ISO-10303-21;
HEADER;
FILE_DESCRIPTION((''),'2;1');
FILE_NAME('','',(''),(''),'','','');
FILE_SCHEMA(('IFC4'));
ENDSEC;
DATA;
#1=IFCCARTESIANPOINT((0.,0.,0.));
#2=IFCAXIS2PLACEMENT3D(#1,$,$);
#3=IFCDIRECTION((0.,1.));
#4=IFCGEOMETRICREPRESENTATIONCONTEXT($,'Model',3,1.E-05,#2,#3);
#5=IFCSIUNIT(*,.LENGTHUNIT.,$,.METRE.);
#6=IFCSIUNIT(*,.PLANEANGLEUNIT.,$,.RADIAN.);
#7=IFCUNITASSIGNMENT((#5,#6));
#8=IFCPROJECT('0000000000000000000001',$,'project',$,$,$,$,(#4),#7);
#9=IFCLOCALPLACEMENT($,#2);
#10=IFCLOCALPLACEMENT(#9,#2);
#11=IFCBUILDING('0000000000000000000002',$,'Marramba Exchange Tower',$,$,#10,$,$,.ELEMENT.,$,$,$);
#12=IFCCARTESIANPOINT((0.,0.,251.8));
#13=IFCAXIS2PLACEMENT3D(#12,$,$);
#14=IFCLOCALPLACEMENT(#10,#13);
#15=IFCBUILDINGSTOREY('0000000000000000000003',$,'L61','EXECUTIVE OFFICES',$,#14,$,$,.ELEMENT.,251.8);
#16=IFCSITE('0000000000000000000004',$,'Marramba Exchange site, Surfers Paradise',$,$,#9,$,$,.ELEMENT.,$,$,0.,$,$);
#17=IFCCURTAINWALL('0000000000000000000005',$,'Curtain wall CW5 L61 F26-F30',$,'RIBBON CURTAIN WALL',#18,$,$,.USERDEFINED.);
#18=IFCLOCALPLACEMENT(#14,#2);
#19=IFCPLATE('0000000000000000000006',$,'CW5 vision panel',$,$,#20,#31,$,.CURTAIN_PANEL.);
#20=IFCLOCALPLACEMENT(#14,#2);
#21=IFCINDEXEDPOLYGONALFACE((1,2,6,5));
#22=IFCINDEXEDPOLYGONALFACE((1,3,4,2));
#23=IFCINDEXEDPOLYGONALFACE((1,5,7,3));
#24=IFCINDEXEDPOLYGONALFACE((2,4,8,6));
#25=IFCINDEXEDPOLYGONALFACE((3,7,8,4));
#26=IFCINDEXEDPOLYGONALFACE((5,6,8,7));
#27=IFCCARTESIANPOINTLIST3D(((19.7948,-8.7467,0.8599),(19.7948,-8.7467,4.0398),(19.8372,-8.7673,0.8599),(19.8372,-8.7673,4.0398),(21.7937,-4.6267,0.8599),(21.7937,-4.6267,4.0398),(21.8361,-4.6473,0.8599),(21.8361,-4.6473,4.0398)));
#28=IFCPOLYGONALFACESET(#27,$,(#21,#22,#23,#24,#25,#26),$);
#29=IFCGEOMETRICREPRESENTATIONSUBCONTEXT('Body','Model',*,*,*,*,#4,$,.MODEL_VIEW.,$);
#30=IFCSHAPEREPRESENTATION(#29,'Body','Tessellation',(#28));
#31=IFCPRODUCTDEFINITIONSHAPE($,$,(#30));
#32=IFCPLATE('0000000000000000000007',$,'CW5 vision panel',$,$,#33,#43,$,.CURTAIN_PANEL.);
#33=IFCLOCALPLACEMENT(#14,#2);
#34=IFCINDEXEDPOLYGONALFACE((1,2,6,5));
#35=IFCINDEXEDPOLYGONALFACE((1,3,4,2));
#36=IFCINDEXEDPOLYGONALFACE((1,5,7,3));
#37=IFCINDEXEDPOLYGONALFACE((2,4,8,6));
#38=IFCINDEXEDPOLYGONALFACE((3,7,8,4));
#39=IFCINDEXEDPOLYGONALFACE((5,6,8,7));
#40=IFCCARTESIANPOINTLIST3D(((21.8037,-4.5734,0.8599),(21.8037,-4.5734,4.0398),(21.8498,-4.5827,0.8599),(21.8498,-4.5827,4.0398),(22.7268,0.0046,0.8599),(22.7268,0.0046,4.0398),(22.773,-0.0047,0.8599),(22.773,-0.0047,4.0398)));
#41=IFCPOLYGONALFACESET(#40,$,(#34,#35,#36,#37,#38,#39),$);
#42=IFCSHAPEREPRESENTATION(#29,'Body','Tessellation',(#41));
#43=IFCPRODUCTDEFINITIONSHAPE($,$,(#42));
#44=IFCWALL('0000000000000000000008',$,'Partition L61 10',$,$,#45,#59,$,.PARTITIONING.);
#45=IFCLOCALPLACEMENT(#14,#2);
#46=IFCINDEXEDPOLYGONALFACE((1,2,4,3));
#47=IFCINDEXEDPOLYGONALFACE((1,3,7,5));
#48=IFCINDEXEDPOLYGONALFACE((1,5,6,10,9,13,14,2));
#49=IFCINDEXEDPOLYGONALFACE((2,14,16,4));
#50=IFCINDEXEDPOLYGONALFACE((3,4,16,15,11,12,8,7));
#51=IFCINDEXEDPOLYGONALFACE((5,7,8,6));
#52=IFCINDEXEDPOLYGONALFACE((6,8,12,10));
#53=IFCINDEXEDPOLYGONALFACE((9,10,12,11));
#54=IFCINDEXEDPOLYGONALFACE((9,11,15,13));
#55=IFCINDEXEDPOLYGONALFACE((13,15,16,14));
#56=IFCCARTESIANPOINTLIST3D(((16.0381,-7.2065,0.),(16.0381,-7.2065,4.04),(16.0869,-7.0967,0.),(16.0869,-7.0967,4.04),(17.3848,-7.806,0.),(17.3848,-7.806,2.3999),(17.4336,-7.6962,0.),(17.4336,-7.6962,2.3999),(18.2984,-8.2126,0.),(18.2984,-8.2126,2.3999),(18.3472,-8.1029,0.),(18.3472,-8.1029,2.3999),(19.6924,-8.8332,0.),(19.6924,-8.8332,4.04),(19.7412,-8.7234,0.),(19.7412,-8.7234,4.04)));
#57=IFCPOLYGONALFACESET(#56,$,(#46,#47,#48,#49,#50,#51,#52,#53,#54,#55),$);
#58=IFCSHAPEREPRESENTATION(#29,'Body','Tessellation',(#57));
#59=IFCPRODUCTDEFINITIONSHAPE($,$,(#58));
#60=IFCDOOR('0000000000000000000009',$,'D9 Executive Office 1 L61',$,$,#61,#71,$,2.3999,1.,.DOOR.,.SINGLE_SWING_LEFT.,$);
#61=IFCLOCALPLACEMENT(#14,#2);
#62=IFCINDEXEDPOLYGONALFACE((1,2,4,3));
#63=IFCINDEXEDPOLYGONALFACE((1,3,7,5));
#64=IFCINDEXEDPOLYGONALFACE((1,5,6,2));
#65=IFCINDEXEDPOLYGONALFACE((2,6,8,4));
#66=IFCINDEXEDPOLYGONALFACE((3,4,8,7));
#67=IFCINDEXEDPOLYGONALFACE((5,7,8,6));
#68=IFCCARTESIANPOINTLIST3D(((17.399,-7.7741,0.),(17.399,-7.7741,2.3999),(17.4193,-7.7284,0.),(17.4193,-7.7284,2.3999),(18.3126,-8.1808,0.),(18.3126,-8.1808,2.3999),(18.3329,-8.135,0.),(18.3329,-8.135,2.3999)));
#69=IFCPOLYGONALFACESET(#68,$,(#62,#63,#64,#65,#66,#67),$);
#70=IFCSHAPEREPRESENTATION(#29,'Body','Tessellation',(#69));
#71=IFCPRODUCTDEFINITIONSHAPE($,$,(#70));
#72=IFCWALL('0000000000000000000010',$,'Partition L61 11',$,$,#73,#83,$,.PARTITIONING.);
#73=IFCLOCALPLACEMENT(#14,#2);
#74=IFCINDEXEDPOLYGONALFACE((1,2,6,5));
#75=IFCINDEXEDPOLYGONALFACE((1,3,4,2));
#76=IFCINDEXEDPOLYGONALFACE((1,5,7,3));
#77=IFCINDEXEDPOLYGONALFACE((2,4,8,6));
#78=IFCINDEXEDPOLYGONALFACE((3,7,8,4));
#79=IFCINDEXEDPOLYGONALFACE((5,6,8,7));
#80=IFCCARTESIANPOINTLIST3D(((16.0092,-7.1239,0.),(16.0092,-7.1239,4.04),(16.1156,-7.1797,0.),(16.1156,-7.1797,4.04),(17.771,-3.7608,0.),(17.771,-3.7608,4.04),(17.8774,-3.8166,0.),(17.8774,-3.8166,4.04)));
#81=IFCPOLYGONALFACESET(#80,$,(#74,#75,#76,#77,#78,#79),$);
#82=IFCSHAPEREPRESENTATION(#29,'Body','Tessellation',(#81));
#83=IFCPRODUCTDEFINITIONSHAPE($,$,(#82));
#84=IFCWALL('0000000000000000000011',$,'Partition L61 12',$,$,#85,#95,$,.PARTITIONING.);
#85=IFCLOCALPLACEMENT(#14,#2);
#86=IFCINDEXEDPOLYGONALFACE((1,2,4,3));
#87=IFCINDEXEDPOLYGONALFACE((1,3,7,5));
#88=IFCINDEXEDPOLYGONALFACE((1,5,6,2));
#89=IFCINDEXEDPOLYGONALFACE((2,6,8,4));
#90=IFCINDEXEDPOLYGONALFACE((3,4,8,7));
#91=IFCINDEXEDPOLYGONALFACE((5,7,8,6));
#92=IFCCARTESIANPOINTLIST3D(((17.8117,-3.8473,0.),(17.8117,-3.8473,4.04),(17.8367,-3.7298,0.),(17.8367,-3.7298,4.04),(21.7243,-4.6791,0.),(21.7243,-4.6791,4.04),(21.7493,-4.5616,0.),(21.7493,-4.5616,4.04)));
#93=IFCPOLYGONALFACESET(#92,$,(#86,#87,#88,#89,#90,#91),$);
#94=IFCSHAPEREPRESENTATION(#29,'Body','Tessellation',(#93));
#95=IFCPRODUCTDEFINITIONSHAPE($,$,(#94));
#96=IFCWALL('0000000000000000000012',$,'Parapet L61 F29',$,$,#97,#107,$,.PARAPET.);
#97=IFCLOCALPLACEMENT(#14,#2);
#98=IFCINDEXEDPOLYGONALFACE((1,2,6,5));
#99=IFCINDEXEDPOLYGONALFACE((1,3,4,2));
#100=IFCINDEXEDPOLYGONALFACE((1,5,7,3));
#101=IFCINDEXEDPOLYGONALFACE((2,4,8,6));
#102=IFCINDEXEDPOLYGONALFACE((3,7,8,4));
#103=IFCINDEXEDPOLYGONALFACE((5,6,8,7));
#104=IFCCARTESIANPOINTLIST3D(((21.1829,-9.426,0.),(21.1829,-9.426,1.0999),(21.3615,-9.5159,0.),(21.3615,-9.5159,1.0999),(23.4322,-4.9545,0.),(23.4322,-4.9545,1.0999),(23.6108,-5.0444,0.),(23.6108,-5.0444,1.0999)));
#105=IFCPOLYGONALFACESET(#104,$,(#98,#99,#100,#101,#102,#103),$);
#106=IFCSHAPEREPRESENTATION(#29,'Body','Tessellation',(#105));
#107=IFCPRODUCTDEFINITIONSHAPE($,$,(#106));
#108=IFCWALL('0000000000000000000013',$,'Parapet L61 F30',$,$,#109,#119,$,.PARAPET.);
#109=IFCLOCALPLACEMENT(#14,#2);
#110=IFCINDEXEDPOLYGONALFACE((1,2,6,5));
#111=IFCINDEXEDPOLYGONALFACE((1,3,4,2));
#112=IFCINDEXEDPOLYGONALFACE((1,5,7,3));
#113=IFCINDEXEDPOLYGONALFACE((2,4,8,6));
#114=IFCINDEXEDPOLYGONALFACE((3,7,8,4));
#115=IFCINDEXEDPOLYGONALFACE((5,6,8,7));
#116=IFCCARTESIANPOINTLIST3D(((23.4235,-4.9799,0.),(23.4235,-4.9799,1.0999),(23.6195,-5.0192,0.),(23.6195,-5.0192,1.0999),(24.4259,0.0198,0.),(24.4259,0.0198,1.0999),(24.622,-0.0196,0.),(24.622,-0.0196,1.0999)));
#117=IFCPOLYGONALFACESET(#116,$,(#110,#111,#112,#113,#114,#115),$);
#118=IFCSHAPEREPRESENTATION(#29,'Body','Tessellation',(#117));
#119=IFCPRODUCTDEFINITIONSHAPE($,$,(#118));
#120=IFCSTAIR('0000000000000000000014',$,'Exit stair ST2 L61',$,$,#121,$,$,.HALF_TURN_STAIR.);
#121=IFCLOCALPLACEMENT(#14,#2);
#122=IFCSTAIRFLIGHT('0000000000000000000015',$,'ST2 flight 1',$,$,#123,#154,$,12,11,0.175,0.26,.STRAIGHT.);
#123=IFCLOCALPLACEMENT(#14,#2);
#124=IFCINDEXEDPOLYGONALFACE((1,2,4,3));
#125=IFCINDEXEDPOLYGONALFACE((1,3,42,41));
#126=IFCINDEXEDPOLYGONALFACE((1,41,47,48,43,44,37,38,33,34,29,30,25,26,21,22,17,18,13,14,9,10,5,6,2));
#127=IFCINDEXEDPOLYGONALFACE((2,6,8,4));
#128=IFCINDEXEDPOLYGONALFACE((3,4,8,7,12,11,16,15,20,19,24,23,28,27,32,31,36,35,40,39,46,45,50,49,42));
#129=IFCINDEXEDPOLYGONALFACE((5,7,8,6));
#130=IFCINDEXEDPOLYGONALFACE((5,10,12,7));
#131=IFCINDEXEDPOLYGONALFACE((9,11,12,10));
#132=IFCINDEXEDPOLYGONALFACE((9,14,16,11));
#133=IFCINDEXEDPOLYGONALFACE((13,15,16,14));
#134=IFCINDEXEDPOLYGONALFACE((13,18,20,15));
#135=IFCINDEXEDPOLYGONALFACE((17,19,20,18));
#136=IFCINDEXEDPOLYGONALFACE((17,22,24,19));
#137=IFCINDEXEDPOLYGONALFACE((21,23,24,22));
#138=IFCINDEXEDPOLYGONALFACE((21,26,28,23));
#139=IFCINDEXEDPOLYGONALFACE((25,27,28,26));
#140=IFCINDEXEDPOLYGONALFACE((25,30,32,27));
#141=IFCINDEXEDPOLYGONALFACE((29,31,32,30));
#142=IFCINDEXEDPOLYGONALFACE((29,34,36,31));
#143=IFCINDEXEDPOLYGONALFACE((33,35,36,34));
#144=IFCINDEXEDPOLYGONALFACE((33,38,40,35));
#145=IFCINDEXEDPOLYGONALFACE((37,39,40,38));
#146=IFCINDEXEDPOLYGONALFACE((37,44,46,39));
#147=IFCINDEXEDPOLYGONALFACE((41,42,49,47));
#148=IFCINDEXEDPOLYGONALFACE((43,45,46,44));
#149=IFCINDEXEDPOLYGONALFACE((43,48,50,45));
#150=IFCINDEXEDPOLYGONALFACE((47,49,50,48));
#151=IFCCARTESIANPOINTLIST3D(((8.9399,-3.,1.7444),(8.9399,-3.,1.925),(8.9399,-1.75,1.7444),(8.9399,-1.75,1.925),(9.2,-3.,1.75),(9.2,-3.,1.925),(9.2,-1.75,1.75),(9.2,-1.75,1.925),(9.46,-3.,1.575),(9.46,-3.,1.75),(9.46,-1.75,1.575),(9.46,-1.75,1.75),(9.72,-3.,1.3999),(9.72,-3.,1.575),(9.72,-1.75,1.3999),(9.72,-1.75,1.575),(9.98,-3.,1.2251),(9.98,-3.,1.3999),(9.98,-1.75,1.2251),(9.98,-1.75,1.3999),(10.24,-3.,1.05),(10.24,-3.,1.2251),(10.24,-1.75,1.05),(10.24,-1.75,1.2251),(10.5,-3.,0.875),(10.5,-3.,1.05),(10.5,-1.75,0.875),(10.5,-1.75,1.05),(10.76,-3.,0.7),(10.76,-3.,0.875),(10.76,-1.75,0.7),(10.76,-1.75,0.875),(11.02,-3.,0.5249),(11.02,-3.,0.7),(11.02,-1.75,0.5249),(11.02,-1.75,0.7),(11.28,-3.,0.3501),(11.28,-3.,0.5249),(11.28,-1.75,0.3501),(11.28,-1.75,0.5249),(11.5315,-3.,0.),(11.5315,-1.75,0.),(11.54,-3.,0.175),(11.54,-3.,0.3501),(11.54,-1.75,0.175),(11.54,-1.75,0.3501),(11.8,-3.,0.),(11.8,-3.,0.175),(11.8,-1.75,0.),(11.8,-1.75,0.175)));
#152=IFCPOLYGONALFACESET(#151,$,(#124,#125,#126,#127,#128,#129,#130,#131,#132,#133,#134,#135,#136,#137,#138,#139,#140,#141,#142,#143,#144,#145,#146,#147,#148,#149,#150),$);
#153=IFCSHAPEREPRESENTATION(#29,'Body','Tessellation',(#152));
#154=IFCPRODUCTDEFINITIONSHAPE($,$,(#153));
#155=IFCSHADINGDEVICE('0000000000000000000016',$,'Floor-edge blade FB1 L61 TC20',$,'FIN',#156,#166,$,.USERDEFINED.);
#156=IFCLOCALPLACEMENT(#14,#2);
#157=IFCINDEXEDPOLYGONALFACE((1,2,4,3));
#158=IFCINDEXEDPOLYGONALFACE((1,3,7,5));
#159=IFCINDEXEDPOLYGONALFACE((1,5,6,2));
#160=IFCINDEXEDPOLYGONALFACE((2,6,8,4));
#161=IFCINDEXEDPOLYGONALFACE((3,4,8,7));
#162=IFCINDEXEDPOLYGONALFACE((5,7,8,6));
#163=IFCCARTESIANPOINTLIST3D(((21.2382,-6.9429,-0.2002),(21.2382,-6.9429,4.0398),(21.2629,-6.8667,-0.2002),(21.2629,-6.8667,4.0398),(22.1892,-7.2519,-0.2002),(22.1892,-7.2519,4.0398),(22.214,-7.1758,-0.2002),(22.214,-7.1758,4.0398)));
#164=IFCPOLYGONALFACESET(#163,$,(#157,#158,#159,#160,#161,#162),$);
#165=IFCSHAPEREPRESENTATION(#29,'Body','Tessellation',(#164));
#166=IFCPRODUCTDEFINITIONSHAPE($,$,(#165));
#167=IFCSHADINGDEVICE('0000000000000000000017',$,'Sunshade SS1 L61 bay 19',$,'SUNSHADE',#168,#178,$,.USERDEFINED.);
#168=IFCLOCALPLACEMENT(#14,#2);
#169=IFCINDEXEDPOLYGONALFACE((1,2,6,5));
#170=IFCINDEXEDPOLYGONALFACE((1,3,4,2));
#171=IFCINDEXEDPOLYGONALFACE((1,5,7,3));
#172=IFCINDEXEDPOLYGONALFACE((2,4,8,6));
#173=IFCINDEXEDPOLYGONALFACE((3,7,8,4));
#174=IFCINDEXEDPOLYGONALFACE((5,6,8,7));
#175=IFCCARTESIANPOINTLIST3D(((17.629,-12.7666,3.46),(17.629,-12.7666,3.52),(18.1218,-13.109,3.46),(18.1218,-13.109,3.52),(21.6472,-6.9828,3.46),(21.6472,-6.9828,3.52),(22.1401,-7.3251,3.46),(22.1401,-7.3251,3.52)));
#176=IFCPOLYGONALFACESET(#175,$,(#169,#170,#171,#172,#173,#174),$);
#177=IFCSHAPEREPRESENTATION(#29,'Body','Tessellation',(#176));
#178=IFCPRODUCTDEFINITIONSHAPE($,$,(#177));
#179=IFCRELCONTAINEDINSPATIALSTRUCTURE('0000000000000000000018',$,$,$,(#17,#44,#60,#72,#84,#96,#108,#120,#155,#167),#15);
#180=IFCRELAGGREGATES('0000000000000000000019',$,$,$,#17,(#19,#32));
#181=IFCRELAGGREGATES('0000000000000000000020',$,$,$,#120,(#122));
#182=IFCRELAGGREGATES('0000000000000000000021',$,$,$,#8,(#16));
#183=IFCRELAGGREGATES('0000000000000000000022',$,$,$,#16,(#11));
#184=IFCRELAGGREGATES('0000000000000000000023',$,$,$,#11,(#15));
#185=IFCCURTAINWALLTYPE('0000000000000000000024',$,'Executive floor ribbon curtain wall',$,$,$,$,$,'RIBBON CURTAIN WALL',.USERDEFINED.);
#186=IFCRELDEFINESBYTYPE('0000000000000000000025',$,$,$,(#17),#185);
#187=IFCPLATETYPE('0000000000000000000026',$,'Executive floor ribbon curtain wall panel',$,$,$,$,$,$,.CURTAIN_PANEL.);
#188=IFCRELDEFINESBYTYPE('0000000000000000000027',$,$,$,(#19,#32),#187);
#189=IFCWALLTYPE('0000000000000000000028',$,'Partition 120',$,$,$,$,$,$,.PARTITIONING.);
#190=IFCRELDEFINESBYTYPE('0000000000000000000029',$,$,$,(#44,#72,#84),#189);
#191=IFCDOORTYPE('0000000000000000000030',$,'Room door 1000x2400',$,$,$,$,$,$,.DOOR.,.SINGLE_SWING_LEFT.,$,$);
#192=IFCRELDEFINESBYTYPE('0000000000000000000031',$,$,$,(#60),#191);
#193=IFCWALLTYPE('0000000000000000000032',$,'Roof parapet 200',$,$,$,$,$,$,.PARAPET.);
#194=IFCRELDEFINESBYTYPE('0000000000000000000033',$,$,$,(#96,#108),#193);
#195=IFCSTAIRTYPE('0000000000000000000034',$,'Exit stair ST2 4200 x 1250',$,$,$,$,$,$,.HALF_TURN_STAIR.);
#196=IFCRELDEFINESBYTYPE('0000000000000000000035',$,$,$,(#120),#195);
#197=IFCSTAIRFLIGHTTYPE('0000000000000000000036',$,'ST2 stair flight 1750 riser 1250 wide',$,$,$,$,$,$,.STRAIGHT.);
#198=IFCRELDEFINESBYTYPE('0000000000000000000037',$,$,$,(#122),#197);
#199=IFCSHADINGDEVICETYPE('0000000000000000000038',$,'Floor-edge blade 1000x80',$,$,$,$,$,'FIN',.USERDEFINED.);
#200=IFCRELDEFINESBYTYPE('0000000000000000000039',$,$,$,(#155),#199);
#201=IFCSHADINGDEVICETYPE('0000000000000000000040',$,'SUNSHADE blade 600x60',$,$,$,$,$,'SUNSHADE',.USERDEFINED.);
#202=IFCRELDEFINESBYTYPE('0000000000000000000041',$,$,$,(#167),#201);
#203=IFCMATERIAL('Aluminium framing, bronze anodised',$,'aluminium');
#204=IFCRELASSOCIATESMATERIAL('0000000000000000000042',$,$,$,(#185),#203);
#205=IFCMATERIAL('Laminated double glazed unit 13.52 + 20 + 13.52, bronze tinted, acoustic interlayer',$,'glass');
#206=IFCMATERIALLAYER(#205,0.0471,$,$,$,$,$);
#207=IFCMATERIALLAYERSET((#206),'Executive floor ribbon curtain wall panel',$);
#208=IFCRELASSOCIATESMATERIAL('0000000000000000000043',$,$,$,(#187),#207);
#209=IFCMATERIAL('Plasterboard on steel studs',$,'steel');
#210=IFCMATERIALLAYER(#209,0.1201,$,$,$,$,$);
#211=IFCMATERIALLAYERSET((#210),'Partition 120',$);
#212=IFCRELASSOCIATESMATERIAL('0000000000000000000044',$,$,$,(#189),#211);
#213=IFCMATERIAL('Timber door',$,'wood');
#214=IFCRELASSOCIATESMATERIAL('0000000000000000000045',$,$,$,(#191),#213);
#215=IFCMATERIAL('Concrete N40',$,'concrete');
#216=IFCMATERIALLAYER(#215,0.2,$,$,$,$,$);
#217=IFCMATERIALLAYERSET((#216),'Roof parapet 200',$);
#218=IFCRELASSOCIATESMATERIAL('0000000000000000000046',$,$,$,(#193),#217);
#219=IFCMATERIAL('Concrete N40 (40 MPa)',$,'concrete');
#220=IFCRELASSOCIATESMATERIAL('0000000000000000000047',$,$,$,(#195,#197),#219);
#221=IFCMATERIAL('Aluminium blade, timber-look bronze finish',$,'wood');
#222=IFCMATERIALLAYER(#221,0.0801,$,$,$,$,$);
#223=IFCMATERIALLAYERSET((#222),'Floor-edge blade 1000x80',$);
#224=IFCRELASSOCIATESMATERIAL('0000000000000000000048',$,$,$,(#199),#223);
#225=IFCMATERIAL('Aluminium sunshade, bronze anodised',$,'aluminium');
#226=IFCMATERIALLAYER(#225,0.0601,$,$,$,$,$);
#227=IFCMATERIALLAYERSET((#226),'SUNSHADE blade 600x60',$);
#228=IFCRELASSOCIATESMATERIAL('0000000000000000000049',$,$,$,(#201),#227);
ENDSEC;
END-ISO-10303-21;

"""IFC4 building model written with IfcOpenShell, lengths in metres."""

from ifc_helpers import new_model, si_unit, direction, frame, frame_2d, origin, origin_2d, place, context, subcontext, project, spatial, polyline, rectangle, outline, extrude, material, layer, layer_set, type_object, element, fill, aggregate, save


model = new_model("IFC4")

# Units and contexts
model_context = context("Model", 3, precision=1e-05, world=origin(), true_north=direction((0.0, 1.0)))
body_context = subcontext(model_context, "Body", "Model", "MODEL_VIEW")
ifc_project = project(units=[si_unit("LENGTHUNIT", "METRE"), si_unit("PLANEANGLEUNIT", "RADIAN")], contexts=[model_context])

# Site, building, storey
site_placement = place(None, origin())
site = spatial("IfcSite", under=ifc_project, at=site_placement, Name="Marramba Exchange site, Surfers Paradise", CompositionType="ELEMENT", RefElevation=0.0)
building_placement = place(site_placement, origin())
building = spatial("IfcBuilding", under=site, at=building_placement, Name="Marramba Exchange Tower", CompositionType="ELEMENT")
storey_placement = place(building_placement, frame((0.0, 0.0, 251.8)))
storey = spatial("IfcBuildingStorey", under=building, at=storey_placement, Name="L61", Description="EXECUTIVE OFFICES", CompositionType="ELEMENT", Elevation=251.8)

# Curtain wall
ifc_material_1 = material(Name="Aluminium framing, bronze anodised", Category="aluminium")
curtain_wall_type = type_object("IfcCurtainWallType", Name="Executive floor ribbon curtain wall", ElementType="RIBBON CURTAIN WALL", PredefinedType="USERDEFINED", material=ifc_material_1)
curtain_wall_placement = place(storey_placement, origin())
curtain_wall = element("IfcCurtainWall", 1, at=curtain_wall_placement, inside=storey, type_object=curtain_wall_type, Name="Curtain wall CW5 L61 F26-F30", ObjectType="RIBBON CURTAIN WALL", PredefinedType="USERDEFINED")

# Plates
ifc_material_2 = material(Name="Laminated double glazed unit 13.52 + 20 + 13.52, bronze tinted, acoustic interlayer", Category="glass")
ifc_layer_1 = layer(ifc_material_2, 0.0471)
ifc_layer_set_1 = layer_set([ifc_layer_1], Name="Executive floor ribbon curtain wall panel")
plate_type = type_object("IfcPlateType", Name="Executive floor ribbon curtain wall panel", PredefinedType="CURTAIN_PANEL", material=ifc_layer_set_1)
plate_1_placement = place(storey_placement, frame((20.8154, -6.697, 0.8599), z_axis=(0.0, 0.0, 1.0), x_axis=(0.436515, 0.899697, 0.0)))
plate_1 = element("IfcPlate", 2, at=plate_1_placement, type_object=plate_type, Name="CW5 vision panel", PredefinedType="CURTAIN_PANEL", context=body_context, shape_type="SweptSolid", body=[
    extrude(rectangle(XDim=4.5793, YDim=0.0471, at=origin_2d()), origin(), (0.0, 0.0, 1.0), 3.1799),
])
plate_2_placement = place(storey_placement, frame((22.2883, -2.2891, 0.8599), z_axis=(0.0, 0.0, 1.0), x_axis=(0.197671, 0.980269, 0.0)))
plate_2 = element("IfcPlate", 3, at=plate_2_placement, type_object=plate_type, Name="CW5 vision panel", PredefinedType="CURTAIN_PANEL", context=body_context, shape_type="SweptSolid", body=[
    extrude(rectangle(XDim=4.6702, YDim=0.0471, at=origin_2d()), origin(), (0.0, 0.0, 1.0), 3.1799),
])
aggregate(curtain_wall, [plate_1, plate_2])

# Wall, opening, door
ifc_material_3 = material(Name="Plasterboard on steel studs", Category="steel")
ifc_layer_2 = layer(ifc_material_3, 0.1201)
ifc_layer_set_2 = layer_set([ifc_layer_2], Name="Partition 120")
wall_type_1 = type_object("IfcWallType", Name="Partition 120", PredefinedType="PARTITIONING", material=ifc_layer_set_2)
wall_1_placement = place(storey_placement, frame((16.0625, -7.1516, 0.0), z_axis=(0.0, 0.0, 1.0), x_axis=(0.913572, -0.406676, 0.0)))
wall_1 = element("IfcWall", 4, at=wall_1_placement, inside=storey, type_object=wall_type_1, Name="Partition L61 10", PredefinedType="PARTITIONING", context=body_context, shape_type="SweptSolid", body=[
    extrude(rectangle(XDim=4.0, YDim=0.1201, at=frame_2d((2.0, 0.0))), origin(), (0.0, 0.0, 1.0), 4.04),
])
opening_1_placement = place(wall_1_placement, frame((1.4741, 0.0, 0.0)))
opening_1 = element("IfcOpeningElement", 5, at=opening_1_placement, cuts=wall_1, PredefinedType="OPENING", context=body_context, shape_type="SweptSolid", body=[
    extrude(rectangle(XDim=1.0, YDim=2.3999, at=frame_2d((0.5, 1.2))), frame((0.0, 0.0701, 0.0), z_axis=(0.0, -1.0, 0.0), x_axis=(1.0, 0.0, 0.0)), (0.0, 0.0, 1.0), 0.1401),
])
ifc_material_4 = material(Name="Timber door", Category="wood")
door_type_1 = type_object("IfcDoorType", Name="Room door 1000x2400", OperationType="SINGLE_SWING_LEFT", PredefinedType="DOOR", material=ifc_material_4)
door_1_placement = place(opening_1_placement, origin())
door_1 = element("IfcDoor", 6, at=door_1_placement, inside=storey, type_object=door_type_1, Name="D9 Executive Office 1 L61", OperationType="SINGLE_SWING_LEFT", OverallHeight=2.3999, OverallWidth=1.0, PredefinedType="DOOR", context=body_context, shape_type="SweptSolid", body=[
    extrude(rectangle(XDim=1.0, YDim=2.3999, at=frame_2d((0.5, 1.2))), frame((0.0, 0.0249, 0.0), z_axis=(0.0, -1.0, 0.0), x_axis=(1.0, 0.0, 0.0)), (0.0, 0.0, 1.0), 0.05),
])
fill(opening_1, door_1)

# Walls
wall_2_placement = place(storey_placement, frame((17.8242, -3.7886, 0.0), z_axis=(0.0, 0.0, 1.0), x_axis=(-0.464033, -0.885818, 0.0)))
element("IfcWall", 7, at=wall_2_placement, inside=storey, type_object=wall_type_1, Name="Partition L61 11", PredefinedType="PARTITIONING", context=body_context, shape_type="SweptSolid", body=[
    extrude(rectangle(XDim=3.7966, YDim=0.1201, at=frame_2d((1.8984, 0.0))), origin(), (0.0, 0.0, 1.0), 4.04),
])
wall_3_placement = place(storey_placement, frame((17.8242, -3.7886, 0.0), z_axis=(0.0, 0.0, 1.0), x_axis=(0.978141, -0.207945, 0.0)))
element("IfcWall", 8, at=wall_3_placement, inside=storey, type_object=wall_type_1, Name="Partition L61 12", PredefinedType="PARTITIONING", context=body_context, shape_type="SweptSolid", body=[
    extrude(rectangle(XDim=4.0, YDim=0.1201, at=frame_2d((2.0, 0.0))), origin(), (0.0, 0.0, 1.0), 4.04),
])
ifc_material_5 = material(Name="Concrete N40", Category="concrete")
ifc_layer_3 = layer(ifc_material_5, 0.2)
ifc_layer_set_3 = layer_set([ifc_layer_3], Name="Roof parapet 200")
wall_type_2 = type_object("IfcWallType", Name="Roof parapet 200", PredefinedType="PARAPET", material=ifc_layer_set_3)
wall_4_placement = place(storey_placement, frame((21.2722, -9.4709, 0.0), z_axis=(0.0, 0.0, 1.0), x_axis=(0.449378, 0.893342, 0.0)))
element("IfcWall", 9, at=wall_4_placement, inside=storey, type_object=wall_type_2, Name="Parapet L61 F29", PredefinedType="PARAPET", context=body_context, shape_type="SweptSolid", body=[
    extrude(rectangle(XDim=5.0054, YDim=0.2, at=frame_2d((2.5027, 0.0))), origin(), (0.0, 0.0, 1.0), 1.0999),
])
wall_5_placement = place(storey_placement, frame((23.5215, -4.9995, 0.0), z_axis=(0.0, 0.0, 1.0), x_axis=(0.196595, 0.980485, 0.0)))
element("IfcWall", 10, at=wall_5_placement, inside=storey, type_object=wall_type_2, Name="Parapet L61 F30", PredefinedType="PARAPET", context=body_context, shape_type="SweptSolid", body=[
    extrude(rectangle(XDim=5.0991, YDim=0.2, at=frame_2d((2.5496, 0.0))), origin(), (0.0, 0.0, 1.0), 1.0999),
])

# Stair, stair flight
ifc_material_6 = material(Name="Concrete N40 (40 MPa)", Category="concrete")
stair_type = type_object("IfcStairType", Name="Exit stair ST2 4200 x 1250", PredefinedType="HALF_TURN_STAIR", material=ifc_material_6)
stair_placement = place(storey_placement, origin())
stair = element("IfcStair", 11, at=stair_placement, inside=storey, type_object=stair_type, Name="Exit stair ST2 L61", PredefinedType="HALF_TURN_STAIR")
stair_flight_type = type_object("IfcStairFlightType", Name="ST2 stair flight 1750 riser 1250 wide", PredefinedType="STRAIGHT", material=ifc_material_6)
stair_flight_placement = place(storey_placement, frame((11.8, -2.375, 0.0), z_axis=(0.0, 0.0, 1.0), x_axis=(-1.0, 0.0, 0.0)))
stair_flight = element("IfcStairFlight", 12, at=stair_flight_placement, type_object=stair_flight_type, Name="ST2 flight 1", NumberOfRisers=12, NumberOfTreads=11, PredefinedType="STRAIGHT", RiserHeight=0.175, TreadLength=0.26, context=body_context, shape_type="SweptSolid", body=[
    extrude(outline(polyline([(0.0, 0.0), (0.0, 0.175), (0.26, 0.175), (0.26, 0.3501), (0.52, 0.3501), (0.52, 0.5249), (0.78, 0.5249), (0.78, 0.7), (1.04, 0.7), (1.04, 0.875), (1.3, 0.875), (1.3, 1.05), (1.5601, 1.05), (1.5601, 1.2251), (1.8201, 1.2251), (1.8201, 1.3999), (2.0801, 1.3999), (2.0801, 1.575), (2.3401, 1.575), (2.3401, 1.75), (2.6001, 1.75), (2.6001, 1.925), (2.8601, 1.925), (2.8601, 2.1001), (2.8601, 1.7444), (0.2686, 0.0), (0.0, 0.0)])), frame((0.0, 0.625, 0.0), z_axis=(0.0, -1.0, 0.0), x_axis=(1.0, 0.0, 0.0)), (0.0, 0.0, 1.0), 1.25),
])
aggregate(stair, [stair_flight])

# Shading devices
ifc_material_7 = material(Name="Aluminium blade, timber-look bronze finish", Category="wood")
ifc_layer_4 = layer(ifc_material_7, 0.0801)
ifc_layer_set_4 = layer_set([ifc_layer_4], Name="Floor-edge blade 1000x80")
shading_device_type_1 = type_object("IfcShadingDeviceType", Name="Floor-edge blade 1000x80", ElementType="FIN", PredefinedType="USERDEFINED", material=ifc_layer_set_4)
shading_device_1_placement = place(storey_placement, frame((21.7261, -7.0593, -0.2002), z_axis=(0.0, 0.0, 1.0), x_axis=(0.951057, -0.309017, 0.0)))
element("IfcShadingDevice", 13, at=shading_device_1_placement, inside=storey, type_object=shading_device_type_1, Name="Floor-edge blade FB1 L61 TC20", ObjectType="FIN", PredefinedType="USERDEFINED", context=body_context, shape_type="SweptSolid", body=[
    extrude(rectangle(XDim=1.0, YDim=0.0801, at=origin_2d()), origin(), (0.0, 0.0, 1.0), 4.24),
])
ifc_material_8 = material(Name="Aluminium sunshade, bronze anodised", Category="aluminium")
ifc_layer_5 = layer(ifc_material_8, 0.0601)
ifc_layer_set_5 = layer_set([ifc_layer_5], Name="SUNSHADE blade 600x60")
shading_device_type_2 = type_object("IfcShadingDeviceType", Name="SUNSHADE blade 600x60", ElementType="SUNSHADE", PredefinedType="USERDEFINED", material=ifc_layer_set_5)
shading_device_2_placement = place(storey_placement, frame((19.8845, -10.0459, 3.46), z_axis=(0.0, 0.0, 1.0), x_axis=(0.570558, 0.821257, 0.0)))
element("IfcShadingDevice", 14, at=shading_device_2_placement, inside=storey, type_object=shading_device_type_2, Name="Sunshade SS1 L61 bay 19", ObjectType="SUNSHADE", PredefinedType="USERDEFINED", context=body_context, shape_type="SweptSolid", body=[
    extrude(rectangle(XDim=7.0427, YDim=0.6001, at=origin_2d()), origin(), (0.0, 0.0, 1.0), 0.0601),
])

save(model, "model.ifc")
